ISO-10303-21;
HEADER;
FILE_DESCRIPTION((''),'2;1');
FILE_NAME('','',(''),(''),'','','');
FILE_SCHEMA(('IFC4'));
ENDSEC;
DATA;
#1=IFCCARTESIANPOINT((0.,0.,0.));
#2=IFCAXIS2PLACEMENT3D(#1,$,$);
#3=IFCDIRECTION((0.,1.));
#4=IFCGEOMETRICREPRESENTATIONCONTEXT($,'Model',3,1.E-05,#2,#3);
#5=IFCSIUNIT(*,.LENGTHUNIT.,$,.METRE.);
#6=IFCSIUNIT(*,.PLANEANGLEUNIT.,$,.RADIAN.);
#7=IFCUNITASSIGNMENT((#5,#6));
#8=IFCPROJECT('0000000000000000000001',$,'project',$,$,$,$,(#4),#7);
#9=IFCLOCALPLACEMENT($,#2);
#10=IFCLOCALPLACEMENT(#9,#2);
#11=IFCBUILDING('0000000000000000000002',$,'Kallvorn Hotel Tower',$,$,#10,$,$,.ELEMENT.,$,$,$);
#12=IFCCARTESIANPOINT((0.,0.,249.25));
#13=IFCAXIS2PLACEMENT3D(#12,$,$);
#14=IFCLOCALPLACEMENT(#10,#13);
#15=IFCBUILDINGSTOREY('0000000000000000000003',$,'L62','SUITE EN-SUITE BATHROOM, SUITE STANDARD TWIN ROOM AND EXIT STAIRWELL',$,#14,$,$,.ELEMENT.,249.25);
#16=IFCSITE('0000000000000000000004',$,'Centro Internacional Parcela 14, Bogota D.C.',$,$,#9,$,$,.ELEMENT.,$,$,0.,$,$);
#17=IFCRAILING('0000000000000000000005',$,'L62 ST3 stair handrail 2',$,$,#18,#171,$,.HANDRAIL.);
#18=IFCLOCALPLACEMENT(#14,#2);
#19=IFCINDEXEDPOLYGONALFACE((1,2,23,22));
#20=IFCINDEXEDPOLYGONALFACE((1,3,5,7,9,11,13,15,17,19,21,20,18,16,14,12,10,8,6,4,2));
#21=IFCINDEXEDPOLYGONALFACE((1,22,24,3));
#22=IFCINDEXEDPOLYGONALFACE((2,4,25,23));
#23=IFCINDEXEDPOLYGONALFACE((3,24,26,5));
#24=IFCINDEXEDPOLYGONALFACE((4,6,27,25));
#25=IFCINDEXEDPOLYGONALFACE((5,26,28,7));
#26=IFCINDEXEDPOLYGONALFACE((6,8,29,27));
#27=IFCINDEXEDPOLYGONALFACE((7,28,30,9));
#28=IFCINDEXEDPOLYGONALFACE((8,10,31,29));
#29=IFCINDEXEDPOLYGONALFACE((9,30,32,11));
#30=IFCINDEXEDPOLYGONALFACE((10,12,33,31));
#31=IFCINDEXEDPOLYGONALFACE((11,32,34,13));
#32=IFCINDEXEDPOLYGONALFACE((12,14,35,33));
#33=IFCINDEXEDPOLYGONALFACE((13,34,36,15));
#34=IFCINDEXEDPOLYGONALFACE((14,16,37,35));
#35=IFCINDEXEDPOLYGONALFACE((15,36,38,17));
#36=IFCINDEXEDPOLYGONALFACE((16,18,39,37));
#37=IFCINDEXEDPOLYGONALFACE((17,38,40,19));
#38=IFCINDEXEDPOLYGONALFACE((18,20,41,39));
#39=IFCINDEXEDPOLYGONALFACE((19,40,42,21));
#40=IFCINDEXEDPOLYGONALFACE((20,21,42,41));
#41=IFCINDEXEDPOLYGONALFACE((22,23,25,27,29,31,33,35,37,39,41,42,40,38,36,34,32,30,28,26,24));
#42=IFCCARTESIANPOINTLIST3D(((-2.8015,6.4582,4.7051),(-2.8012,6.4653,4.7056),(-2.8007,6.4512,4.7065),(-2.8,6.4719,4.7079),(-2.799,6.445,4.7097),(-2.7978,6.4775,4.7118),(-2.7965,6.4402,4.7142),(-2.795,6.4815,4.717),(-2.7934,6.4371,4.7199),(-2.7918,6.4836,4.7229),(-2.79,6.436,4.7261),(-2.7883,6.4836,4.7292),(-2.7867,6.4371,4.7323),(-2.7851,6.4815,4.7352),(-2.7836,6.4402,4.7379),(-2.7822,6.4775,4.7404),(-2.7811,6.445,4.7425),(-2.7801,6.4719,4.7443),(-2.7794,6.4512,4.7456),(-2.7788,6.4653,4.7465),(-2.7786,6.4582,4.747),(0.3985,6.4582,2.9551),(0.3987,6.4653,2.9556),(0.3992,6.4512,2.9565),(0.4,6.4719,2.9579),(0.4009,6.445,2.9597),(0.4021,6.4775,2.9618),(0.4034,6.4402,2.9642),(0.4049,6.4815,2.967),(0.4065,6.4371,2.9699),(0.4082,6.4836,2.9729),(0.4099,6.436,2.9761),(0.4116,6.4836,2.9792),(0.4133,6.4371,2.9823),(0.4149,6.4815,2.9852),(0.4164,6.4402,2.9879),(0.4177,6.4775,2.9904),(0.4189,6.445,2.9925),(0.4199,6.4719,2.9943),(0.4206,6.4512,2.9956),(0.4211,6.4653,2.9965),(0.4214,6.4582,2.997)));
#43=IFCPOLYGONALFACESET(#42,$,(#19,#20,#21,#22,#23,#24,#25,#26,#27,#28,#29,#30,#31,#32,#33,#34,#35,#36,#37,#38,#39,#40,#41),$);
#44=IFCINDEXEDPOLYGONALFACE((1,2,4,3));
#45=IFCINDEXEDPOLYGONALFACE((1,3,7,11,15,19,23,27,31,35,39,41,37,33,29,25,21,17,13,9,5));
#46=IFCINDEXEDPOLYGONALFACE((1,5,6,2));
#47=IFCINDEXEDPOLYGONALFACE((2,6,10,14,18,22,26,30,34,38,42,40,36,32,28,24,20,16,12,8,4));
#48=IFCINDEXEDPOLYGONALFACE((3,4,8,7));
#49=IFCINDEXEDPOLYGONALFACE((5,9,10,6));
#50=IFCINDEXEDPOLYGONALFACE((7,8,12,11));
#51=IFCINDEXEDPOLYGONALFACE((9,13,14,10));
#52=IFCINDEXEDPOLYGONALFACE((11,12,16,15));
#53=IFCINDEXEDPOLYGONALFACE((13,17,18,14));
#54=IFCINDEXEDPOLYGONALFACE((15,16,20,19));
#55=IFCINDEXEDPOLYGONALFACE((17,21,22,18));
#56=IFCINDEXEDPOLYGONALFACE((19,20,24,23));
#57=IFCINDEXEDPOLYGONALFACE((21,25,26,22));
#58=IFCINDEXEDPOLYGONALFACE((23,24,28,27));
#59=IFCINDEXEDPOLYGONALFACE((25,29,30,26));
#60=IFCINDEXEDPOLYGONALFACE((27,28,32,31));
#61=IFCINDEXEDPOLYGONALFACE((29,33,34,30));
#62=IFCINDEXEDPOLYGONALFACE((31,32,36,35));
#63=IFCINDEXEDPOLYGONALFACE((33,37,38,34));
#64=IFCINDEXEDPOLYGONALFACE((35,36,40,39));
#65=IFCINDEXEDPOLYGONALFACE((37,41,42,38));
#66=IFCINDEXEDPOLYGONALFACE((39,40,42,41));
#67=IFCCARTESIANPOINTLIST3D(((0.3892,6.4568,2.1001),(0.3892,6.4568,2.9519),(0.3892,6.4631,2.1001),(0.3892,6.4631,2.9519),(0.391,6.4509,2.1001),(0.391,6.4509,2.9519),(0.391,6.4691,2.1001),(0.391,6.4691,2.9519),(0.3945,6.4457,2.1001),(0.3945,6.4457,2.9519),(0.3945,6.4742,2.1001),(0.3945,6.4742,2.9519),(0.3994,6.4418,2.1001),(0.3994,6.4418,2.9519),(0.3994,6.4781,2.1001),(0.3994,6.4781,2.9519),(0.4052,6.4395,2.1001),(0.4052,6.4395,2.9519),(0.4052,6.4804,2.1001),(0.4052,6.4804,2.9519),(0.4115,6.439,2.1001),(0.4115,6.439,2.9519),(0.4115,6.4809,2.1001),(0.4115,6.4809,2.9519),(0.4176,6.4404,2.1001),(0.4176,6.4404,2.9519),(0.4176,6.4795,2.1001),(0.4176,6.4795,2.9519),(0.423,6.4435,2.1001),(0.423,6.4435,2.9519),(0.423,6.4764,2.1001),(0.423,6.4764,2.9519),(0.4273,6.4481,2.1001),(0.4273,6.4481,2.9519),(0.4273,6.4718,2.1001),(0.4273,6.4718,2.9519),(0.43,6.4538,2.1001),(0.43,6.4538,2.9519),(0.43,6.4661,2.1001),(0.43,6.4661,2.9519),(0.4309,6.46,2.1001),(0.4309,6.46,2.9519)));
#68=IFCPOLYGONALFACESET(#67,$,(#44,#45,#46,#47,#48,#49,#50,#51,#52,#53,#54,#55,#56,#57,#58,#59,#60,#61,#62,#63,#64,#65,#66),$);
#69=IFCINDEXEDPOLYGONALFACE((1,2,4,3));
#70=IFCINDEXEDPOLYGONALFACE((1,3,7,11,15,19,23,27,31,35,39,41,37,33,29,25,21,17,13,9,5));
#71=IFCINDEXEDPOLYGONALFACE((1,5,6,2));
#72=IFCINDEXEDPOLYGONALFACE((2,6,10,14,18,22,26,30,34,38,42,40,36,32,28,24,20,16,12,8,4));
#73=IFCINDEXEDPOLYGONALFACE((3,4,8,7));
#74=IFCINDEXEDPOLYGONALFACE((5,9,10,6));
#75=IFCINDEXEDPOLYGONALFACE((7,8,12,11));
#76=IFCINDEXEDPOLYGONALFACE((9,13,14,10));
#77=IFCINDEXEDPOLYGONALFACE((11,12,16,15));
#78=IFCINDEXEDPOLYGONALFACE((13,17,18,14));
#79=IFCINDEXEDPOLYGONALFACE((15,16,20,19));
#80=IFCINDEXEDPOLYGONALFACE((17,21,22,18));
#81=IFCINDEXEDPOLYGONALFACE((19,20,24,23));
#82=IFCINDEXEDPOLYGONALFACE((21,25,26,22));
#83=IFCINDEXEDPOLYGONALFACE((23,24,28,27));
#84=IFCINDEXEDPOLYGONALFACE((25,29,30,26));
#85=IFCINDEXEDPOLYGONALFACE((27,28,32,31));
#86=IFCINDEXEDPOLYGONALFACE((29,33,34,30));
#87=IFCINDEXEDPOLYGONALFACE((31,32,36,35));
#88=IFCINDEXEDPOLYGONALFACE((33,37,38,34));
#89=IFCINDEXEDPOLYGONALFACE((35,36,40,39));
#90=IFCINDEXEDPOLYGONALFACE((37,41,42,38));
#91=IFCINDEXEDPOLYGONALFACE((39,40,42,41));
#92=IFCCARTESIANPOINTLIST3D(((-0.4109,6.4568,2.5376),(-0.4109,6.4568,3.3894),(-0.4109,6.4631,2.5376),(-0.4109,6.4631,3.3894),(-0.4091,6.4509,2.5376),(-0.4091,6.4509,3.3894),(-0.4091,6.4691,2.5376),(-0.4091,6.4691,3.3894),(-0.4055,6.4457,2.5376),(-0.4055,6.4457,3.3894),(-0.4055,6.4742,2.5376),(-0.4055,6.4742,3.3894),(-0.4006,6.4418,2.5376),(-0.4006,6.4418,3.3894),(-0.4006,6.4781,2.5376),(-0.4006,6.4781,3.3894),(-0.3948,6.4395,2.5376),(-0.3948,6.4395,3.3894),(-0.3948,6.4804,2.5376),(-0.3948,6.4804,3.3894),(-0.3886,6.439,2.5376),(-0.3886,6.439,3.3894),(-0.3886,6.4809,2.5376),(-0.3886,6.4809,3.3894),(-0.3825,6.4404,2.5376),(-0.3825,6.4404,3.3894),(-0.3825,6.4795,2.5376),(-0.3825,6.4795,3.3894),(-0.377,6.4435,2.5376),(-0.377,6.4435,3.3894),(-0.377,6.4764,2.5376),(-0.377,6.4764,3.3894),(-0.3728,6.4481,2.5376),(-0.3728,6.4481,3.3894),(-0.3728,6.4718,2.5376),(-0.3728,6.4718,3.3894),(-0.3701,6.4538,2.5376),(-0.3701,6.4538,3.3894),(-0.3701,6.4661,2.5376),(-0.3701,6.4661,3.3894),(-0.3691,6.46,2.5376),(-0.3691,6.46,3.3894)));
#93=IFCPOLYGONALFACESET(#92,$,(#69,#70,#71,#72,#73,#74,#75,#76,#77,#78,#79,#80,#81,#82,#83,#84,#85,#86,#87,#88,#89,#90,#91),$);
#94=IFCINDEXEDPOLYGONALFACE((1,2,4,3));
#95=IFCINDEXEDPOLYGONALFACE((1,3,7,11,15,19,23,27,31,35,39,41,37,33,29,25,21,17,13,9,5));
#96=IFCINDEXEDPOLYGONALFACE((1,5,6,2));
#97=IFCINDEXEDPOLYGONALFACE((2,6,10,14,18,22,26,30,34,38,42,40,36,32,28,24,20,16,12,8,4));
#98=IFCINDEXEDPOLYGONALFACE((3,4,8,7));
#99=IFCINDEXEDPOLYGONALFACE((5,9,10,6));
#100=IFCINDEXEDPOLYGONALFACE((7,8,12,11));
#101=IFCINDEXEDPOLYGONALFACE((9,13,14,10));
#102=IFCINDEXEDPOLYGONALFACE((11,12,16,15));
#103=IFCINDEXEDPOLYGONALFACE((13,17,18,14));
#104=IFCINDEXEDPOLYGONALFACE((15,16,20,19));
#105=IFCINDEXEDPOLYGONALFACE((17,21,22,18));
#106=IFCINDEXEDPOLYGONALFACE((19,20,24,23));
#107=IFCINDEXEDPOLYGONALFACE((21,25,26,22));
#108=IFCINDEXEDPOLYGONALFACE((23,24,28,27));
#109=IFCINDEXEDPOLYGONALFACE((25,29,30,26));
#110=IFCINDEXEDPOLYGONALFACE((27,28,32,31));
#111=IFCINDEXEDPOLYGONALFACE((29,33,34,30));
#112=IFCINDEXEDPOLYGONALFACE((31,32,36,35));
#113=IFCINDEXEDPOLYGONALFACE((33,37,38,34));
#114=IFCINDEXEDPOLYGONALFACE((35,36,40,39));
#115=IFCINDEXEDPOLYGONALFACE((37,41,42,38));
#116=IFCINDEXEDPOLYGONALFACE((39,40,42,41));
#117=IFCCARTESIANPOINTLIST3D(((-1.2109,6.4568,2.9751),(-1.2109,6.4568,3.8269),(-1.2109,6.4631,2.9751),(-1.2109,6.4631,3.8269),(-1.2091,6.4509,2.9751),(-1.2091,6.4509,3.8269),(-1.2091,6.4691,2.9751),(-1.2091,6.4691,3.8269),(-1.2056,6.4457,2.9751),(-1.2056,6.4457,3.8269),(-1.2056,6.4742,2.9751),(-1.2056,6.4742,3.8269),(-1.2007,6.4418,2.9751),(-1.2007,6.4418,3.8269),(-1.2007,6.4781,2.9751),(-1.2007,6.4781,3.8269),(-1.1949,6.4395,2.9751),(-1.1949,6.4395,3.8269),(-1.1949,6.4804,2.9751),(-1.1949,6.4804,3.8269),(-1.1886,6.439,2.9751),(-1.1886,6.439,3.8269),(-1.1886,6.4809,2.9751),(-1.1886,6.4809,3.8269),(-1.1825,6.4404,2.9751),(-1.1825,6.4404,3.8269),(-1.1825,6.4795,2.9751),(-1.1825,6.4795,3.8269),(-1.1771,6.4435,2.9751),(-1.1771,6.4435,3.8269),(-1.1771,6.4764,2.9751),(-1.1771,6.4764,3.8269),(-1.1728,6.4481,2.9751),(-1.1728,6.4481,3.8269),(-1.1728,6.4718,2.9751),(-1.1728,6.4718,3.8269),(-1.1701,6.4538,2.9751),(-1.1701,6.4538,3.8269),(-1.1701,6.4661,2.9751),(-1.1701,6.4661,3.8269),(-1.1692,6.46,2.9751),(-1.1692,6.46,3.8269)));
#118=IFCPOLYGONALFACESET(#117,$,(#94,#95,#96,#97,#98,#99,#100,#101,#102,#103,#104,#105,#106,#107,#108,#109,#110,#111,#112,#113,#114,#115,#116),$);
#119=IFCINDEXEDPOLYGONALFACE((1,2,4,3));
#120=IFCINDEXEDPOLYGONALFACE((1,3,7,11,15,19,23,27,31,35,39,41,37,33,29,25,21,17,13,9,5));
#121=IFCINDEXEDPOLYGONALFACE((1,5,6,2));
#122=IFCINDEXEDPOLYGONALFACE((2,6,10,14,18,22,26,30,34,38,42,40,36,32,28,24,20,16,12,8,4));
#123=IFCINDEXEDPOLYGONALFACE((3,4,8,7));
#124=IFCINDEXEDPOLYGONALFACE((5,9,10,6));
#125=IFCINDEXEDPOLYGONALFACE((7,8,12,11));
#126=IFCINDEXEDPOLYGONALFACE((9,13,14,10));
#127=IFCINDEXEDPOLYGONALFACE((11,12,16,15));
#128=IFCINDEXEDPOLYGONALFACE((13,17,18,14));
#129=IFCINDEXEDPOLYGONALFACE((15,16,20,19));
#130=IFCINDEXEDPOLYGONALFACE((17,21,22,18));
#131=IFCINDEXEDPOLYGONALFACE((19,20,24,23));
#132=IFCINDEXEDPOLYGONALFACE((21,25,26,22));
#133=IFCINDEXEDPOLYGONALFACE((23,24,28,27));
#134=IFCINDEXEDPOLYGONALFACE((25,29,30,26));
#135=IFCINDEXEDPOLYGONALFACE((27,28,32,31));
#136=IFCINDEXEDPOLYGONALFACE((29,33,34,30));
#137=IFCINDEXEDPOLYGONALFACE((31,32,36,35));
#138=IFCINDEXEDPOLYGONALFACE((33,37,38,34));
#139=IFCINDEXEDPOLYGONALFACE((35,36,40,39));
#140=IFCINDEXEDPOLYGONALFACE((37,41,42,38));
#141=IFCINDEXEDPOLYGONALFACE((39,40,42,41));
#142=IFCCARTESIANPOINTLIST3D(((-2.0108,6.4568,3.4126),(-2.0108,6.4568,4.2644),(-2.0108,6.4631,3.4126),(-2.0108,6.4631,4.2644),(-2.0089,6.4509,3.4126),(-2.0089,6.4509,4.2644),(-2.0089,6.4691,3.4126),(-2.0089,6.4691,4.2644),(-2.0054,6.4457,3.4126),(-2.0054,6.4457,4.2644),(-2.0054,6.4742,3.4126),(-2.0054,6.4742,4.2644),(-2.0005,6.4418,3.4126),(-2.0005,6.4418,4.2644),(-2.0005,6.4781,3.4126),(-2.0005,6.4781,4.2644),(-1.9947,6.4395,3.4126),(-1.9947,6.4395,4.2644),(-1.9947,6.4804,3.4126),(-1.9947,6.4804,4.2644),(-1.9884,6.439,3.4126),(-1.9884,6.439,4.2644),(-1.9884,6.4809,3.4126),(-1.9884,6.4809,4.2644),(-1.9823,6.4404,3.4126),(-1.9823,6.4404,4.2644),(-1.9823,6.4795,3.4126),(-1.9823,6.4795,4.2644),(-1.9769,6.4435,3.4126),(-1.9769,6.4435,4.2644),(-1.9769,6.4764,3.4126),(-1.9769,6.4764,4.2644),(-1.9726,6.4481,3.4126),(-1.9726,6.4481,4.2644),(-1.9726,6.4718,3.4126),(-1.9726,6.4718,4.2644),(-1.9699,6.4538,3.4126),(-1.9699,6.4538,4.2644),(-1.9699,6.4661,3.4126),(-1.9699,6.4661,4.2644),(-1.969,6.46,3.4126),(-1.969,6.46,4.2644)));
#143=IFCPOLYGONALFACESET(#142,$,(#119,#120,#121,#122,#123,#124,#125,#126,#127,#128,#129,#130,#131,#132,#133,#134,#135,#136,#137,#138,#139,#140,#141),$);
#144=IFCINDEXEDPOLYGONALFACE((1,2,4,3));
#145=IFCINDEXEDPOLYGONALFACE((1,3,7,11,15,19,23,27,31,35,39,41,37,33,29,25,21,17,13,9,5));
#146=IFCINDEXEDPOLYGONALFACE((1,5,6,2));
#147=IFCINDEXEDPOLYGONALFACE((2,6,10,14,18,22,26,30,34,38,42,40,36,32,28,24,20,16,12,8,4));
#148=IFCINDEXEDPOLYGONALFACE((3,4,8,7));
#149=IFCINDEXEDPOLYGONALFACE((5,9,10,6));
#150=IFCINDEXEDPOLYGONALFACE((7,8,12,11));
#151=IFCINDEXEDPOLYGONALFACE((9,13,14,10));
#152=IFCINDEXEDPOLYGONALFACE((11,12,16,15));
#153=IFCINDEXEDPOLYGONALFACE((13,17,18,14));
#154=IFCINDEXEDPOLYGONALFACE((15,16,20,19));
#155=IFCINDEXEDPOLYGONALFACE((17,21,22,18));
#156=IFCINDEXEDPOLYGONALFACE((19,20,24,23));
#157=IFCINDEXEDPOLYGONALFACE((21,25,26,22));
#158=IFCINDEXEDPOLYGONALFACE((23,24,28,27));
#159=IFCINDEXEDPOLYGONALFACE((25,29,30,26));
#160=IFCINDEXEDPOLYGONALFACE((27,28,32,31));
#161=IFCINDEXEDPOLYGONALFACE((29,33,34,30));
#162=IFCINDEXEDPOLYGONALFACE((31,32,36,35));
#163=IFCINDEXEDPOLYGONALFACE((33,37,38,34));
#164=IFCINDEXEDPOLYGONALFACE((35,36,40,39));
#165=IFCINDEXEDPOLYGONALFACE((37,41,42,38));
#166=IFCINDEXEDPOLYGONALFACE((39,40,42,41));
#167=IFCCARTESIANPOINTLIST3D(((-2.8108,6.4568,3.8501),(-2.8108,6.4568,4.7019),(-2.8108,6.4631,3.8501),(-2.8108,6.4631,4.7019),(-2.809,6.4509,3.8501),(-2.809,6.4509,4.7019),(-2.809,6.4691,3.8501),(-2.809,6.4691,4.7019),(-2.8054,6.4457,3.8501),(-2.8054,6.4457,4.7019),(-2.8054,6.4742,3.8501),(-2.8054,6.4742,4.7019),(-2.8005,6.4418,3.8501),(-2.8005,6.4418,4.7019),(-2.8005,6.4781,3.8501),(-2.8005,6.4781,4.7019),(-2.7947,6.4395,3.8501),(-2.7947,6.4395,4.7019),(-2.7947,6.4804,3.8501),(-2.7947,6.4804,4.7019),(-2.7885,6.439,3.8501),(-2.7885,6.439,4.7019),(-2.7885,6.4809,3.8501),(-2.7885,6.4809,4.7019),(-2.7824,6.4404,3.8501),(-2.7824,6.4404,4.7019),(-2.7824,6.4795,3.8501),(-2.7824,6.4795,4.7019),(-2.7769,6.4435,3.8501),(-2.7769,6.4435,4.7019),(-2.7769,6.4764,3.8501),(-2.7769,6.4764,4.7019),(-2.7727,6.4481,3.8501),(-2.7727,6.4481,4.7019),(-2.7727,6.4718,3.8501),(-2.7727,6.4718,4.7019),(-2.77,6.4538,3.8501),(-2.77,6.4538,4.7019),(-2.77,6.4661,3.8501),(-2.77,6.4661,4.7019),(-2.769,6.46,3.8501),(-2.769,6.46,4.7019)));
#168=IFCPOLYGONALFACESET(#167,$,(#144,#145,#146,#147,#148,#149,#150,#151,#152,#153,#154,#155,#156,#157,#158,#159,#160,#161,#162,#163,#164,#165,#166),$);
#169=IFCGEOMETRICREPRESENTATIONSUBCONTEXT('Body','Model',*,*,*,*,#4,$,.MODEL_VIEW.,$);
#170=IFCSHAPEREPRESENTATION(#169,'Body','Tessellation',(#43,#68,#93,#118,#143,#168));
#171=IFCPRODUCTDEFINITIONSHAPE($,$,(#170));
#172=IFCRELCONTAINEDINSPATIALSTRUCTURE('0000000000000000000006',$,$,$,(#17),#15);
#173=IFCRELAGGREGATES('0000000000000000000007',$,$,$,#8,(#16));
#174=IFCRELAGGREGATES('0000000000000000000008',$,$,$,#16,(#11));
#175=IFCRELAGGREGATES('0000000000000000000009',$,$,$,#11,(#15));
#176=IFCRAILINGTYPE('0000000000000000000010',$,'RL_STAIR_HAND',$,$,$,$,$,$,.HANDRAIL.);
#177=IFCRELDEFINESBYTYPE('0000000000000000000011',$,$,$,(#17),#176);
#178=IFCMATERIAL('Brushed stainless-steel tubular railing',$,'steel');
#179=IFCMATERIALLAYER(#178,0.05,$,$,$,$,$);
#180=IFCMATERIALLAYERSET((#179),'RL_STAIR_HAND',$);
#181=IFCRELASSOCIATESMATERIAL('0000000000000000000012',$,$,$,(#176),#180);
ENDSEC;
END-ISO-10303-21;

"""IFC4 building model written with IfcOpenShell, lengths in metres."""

from ifc_helpers import new_model, si_unit, direction, frame, origin, origin_2d, place, context, subcontext, project, spatial, circle, extrude, material, layer, layer_set, type_object, element, save


model = new_model("IFC4")

# Units and contexts
model_context = context("Model", 3, precision=1e-05, world=origin(), true_north=direction((0.0, 1.0)))
body_context = subcontext(model_context, "Body", "Model", "MODEL_VIEW")
ifc_project = project(units=[si_unit("LENGTHUNIT", "METRE"), si_unit("PLANEANGLEUNIT", "RADIAN")], contexts=[model_context])

# Site, building, storey
site_placement = place(None, origin())
site = spatial("IfcSite", under=ifc_project, at=site_placement, Name="Centro Internacional Parcela 14, Bogota D.C.", CompositionType="ELEMENT", RefElevation=0.0)
building_placement = place(site_placement, origin())
building = spatial("IfcBuilding", under=site, at=building_placement, Name="Kallvorn Hotel Tower", CompositionType="ELEMENT")
storey_placement = place(building_placement, frame((0.0, 0.0, 249.25)))
storey = spatial("IfcBuildingStorey", under=building, at=storey_placement, Name="L62", Description="SUITE EN-SUITE BATHROOM, SUITE STANDARD TWIN ROOM AND EXIT STAIRWELL", CompositionType="ELEMENT", Elevation=249.25)

# Railing
ifc_material_1 = material(Name="Brushed stainless-steel tubular railing", Category="steel")
ifc_layer_1 = layer(ifc_material_1, 0.05)
ifc_layer_set_1 = layer_set([ifc_layer_1], Name="RL_STAIR_HAND")
railing_type_1 = type_object("IfcRailingType", Name="RL_STAIR_HAND", PredefinedType="HANDRAIL", material=ifc_layer_set_1)
railing_1_placement = place(storey_placement, frame((0.4099, 6.46, 2.1001)))
element("IfcRailing", 1, at=railing_1_placement, inside=storey, type_object=railing_type_1, Name="L62 ST3 stair handrail 2", PredefinedType="HANDRAIL", context=body_context, shape_type="SweptSolid", body=[
    extrude(circle(Radius=0.0239, at=origin_2d()), frame((0.0, 0.0, 0.876), z_axis=(-0.877368, 0.0, 0.479818), x_axis=(0.0, -1.0, 0.0)), (0.0, 0.0, 1.0), 3.6472),
    extrude(circle(Radius=0.021, at=origin_2d()), origin(), (0.0, 0.0, 1.0), 0.8518),
    extrude(circle(Radius=0.021, at=origin_2d()), frame((-0.8, 0.0, 0.4375)), (0.0, 0.0, 1.0), 0.8518),
    extrude(circle(Radius=0.021, at=origin_2d()), frame((-1.6001, 0.0, 0.875)), (0.0, 0.0, 1.0), 0.8518),
    extrude(circle(Radius=0.021, at=origin_2d()), frame((-2.3999, 0.0, 1.3125)), (0.0, 0.0, 1.0), 0.8518),
    extrude(circle(Radius=0.021, at=origin_2d()), frame((-3.2, 0.0, 1.75)), (0.0, 0.0, 1.0), 0.8518),
])

save(model, "model.ifc")
